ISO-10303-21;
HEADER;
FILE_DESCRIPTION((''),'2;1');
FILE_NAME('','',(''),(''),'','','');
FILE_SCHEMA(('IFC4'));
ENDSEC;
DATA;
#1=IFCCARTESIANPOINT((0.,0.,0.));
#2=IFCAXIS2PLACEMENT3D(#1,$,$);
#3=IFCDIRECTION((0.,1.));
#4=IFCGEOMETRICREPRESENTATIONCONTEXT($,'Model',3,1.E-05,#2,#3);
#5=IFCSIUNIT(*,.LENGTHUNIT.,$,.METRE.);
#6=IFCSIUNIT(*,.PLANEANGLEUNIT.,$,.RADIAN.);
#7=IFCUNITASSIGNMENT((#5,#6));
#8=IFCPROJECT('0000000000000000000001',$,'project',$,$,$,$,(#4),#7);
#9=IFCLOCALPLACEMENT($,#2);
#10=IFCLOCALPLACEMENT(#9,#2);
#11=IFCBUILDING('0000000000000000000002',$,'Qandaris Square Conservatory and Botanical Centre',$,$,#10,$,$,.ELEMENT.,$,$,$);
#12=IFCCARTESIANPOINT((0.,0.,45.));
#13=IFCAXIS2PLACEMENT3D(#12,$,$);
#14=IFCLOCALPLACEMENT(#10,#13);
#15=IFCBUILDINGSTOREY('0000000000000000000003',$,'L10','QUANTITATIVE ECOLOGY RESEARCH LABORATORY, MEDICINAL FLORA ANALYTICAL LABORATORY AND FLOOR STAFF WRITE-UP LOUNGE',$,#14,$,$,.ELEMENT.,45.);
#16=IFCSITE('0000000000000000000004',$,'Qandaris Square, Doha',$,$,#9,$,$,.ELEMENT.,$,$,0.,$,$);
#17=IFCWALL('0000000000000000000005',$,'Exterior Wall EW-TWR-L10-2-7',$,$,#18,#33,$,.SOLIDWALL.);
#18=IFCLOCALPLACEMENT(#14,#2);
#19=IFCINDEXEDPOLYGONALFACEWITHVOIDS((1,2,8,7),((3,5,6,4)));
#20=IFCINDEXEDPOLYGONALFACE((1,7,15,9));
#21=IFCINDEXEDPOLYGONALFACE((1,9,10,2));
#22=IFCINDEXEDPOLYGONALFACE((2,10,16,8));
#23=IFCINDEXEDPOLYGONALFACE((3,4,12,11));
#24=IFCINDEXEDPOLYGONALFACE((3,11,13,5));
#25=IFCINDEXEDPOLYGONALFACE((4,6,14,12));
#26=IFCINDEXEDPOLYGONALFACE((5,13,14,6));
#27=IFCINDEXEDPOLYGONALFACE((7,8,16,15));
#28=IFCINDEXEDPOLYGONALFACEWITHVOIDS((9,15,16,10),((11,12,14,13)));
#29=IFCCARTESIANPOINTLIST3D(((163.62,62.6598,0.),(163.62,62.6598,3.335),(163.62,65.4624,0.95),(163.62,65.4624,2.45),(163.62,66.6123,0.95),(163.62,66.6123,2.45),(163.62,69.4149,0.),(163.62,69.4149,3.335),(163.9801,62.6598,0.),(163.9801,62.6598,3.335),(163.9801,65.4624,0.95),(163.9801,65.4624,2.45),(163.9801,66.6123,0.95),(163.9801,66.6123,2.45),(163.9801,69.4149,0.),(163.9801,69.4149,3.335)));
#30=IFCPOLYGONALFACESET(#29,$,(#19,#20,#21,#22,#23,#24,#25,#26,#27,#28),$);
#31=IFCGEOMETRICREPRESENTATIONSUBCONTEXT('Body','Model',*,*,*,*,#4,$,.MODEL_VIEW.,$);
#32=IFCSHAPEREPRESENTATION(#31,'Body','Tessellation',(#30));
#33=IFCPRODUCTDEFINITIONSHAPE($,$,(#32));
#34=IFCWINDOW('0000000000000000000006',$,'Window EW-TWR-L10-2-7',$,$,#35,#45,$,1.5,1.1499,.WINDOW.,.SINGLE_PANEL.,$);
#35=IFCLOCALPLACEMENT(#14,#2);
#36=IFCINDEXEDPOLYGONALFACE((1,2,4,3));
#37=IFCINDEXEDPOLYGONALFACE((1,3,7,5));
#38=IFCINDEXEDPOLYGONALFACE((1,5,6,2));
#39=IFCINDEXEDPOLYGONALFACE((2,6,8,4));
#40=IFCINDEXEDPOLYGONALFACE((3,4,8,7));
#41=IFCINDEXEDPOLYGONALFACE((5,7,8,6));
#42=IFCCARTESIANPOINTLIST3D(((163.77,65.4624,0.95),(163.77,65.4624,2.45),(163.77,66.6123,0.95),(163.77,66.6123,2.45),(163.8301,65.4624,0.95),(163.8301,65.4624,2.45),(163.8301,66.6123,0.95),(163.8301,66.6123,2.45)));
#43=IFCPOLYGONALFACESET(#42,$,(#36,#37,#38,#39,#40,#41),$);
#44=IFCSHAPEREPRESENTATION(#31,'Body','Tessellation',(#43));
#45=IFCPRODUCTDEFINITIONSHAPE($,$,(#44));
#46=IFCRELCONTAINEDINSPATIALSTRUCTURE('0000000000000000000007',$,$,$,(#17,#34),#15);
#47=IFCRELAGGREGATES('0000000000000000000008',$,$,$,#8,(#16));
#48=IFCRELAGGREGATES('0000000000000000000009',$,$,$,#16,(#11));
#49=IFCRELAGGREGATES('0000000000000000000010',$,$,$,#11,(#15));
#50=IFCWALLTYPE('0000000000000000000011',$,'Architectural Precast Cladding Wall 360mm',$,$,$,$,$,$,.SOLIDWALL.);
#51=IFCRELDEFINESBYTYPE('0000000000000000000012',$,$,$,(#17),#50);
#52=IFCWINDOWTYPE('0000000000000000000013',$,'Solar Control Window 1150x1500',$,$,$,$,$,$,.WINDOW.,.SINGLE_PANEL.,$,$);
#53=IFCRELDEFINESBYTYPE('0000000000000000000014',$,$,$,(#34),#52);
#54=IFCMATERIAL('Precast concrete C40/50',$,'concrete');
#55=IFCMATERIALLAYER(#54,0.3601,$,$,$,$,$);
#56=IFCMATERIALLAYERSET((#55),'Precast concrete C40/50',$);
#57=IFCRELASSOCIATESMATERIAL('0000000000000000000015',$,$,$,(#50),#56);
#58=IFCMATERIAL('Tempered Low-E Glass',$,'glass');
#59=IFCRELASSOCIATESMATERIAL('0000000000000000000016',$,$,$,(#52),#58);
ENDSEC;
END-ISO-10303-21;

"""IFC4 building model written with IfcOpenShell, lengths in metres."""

from ifc_helpers import new_model, si_unit, direction, frame, frame_2d, origin, place, context, subcontext, project, spatial, rectangle, extrude, material, layer, layer_set, type_object, element, fill, save


model = new_model("IFC4")

# Units and contexts
model_context = context("Model", 3, precision=1e-05, world=origin(), true_north=direction((0.0, 1.0)))
body_context = subcontext(model_context, "Body", "Model", "MODEL_VIEW")
ifc_project = project(units=[si_unit("LENGTHUNIT", "METRE"), si_unit("PLANEANGLEUNIT", "RADIAN")], contexts=[model_context])

# Site, building, storey
site_placement = place(None, origin())
site = spatial("IfcSite", under=ifc_project, at=site_placement, Name="Qandaris Square, Doha", CompositionType="ELEMENT", RefElevation=0.0)
building_placement = place(site_placement, origin())
building = spatial("IfcBuilding", under=site, at=building_placement, Name="Qandaris Square Conservatory and Botanical Centre", CompositionType="ELEMENT")
storey_placement = place(building_placement, frame((0.0, 0.0, 45.0)))
storey = spatial("IfcBuildingStorey", under=building, at=storey_placement, Name="L10", Description="QUANTITATIVE ECOLOGY RESEARCH LABORATORY, MEDICINAL FLORA ANALYTICAL LABORATORY AND FLOOR STAFF WRITE-UP LOUNGE", CompositionType="ELEMENT", Elevation=45.0)

# Shared definitions
ifc_material_1 = material(Name="Tempered Low-E Glass", Category="glass")

# Wall, opening, window
ifc_material_2 = material(Name="Precast concrete C40/50", Category="concrete")
ifc_layer_1 = layer(ifc_material_2, 0.3601)
ifc_layer_set_1 = layer_set([ifc_layer_1], Name="Precast concrete C40/50")
wall_type = type_object("IfcWallType", Name="Architectural Precast Cladding Wall 360mm", PredefinedType="SOLIDWALL", material=ifc_layer_set_1)
wall_placement = place(storey_placement, frame((163.8, 62.6599, 0.0), z_axis=(0.0, 0.0, 1.0), x_axis=(0.0, 1.0, 0.0)))
wall = element("IfcWall", 1, at=wall_placement, inside=storey, type_object=wall_type, Name="Exterior Wall EW-TWR-L10-2-7", PredefinedType="SOLIDWALL", context=body_context, shape_type="SweptSolid", body=[
    extrude(rectangle(XDim=6.7551, YDim=0.3601, at=frame_2d((3.3774, 0.0))), origin(), (0.0, 0.0, 1.0), 3.335),
])
opening_placement = place(wall_placement, frame((2.8025, 0.0, 0.95)))
opening = element("IfcOpeningElement", 2, at=opening_placement, cuts=wall, PredefinedType="OPENING", context=body_context, shape_type="SweptSolid", body=[
    extrude(rectangle(XDim=1.1499, YDim=1.5, at=frame_2d((0.575, 0.75))), frame((0.0, 0.1919, 0.0), z_axis=(0.0, -1.0, 0.0), x_axis=(1.0, 0.0, 0.0)), (0.0, 0.0, 1.0), 0.384),
])
window_type = type_object("IfcWindowType", Name="Solar Control Window 1150x1500", PartitioningType="SINGLE_PANEL", PredefinedType="WINDOW", material=ifc_material_1)
window_placement = place(opening_placement, origin())
window = element("IfcWindow", 3, at=window_placement, inside=storey, type_object=window_type, Name="Window EW-TWR-L10-2-7", OverallHeight=1.5, OverallWidth=1.1499, PartitioningType="SINGLE_PANEL", PredefinedType="WINDOW", context=body_context, shape_type="SweptSolid", body=[
    extrude(rectangle(XDim=1.1499, YDim=1.5, at=frame_2d((0.575, 0.75))), frame((0.0, 0.03, 0.0), z_axis=(0.0, -1.0, 0.0), x_axis=(1.0, 0.0, 0.0)), (0.0, 0.0, 1.0), 0.0601),
])
fill(opening, window)

save(model, "model.ifc")
